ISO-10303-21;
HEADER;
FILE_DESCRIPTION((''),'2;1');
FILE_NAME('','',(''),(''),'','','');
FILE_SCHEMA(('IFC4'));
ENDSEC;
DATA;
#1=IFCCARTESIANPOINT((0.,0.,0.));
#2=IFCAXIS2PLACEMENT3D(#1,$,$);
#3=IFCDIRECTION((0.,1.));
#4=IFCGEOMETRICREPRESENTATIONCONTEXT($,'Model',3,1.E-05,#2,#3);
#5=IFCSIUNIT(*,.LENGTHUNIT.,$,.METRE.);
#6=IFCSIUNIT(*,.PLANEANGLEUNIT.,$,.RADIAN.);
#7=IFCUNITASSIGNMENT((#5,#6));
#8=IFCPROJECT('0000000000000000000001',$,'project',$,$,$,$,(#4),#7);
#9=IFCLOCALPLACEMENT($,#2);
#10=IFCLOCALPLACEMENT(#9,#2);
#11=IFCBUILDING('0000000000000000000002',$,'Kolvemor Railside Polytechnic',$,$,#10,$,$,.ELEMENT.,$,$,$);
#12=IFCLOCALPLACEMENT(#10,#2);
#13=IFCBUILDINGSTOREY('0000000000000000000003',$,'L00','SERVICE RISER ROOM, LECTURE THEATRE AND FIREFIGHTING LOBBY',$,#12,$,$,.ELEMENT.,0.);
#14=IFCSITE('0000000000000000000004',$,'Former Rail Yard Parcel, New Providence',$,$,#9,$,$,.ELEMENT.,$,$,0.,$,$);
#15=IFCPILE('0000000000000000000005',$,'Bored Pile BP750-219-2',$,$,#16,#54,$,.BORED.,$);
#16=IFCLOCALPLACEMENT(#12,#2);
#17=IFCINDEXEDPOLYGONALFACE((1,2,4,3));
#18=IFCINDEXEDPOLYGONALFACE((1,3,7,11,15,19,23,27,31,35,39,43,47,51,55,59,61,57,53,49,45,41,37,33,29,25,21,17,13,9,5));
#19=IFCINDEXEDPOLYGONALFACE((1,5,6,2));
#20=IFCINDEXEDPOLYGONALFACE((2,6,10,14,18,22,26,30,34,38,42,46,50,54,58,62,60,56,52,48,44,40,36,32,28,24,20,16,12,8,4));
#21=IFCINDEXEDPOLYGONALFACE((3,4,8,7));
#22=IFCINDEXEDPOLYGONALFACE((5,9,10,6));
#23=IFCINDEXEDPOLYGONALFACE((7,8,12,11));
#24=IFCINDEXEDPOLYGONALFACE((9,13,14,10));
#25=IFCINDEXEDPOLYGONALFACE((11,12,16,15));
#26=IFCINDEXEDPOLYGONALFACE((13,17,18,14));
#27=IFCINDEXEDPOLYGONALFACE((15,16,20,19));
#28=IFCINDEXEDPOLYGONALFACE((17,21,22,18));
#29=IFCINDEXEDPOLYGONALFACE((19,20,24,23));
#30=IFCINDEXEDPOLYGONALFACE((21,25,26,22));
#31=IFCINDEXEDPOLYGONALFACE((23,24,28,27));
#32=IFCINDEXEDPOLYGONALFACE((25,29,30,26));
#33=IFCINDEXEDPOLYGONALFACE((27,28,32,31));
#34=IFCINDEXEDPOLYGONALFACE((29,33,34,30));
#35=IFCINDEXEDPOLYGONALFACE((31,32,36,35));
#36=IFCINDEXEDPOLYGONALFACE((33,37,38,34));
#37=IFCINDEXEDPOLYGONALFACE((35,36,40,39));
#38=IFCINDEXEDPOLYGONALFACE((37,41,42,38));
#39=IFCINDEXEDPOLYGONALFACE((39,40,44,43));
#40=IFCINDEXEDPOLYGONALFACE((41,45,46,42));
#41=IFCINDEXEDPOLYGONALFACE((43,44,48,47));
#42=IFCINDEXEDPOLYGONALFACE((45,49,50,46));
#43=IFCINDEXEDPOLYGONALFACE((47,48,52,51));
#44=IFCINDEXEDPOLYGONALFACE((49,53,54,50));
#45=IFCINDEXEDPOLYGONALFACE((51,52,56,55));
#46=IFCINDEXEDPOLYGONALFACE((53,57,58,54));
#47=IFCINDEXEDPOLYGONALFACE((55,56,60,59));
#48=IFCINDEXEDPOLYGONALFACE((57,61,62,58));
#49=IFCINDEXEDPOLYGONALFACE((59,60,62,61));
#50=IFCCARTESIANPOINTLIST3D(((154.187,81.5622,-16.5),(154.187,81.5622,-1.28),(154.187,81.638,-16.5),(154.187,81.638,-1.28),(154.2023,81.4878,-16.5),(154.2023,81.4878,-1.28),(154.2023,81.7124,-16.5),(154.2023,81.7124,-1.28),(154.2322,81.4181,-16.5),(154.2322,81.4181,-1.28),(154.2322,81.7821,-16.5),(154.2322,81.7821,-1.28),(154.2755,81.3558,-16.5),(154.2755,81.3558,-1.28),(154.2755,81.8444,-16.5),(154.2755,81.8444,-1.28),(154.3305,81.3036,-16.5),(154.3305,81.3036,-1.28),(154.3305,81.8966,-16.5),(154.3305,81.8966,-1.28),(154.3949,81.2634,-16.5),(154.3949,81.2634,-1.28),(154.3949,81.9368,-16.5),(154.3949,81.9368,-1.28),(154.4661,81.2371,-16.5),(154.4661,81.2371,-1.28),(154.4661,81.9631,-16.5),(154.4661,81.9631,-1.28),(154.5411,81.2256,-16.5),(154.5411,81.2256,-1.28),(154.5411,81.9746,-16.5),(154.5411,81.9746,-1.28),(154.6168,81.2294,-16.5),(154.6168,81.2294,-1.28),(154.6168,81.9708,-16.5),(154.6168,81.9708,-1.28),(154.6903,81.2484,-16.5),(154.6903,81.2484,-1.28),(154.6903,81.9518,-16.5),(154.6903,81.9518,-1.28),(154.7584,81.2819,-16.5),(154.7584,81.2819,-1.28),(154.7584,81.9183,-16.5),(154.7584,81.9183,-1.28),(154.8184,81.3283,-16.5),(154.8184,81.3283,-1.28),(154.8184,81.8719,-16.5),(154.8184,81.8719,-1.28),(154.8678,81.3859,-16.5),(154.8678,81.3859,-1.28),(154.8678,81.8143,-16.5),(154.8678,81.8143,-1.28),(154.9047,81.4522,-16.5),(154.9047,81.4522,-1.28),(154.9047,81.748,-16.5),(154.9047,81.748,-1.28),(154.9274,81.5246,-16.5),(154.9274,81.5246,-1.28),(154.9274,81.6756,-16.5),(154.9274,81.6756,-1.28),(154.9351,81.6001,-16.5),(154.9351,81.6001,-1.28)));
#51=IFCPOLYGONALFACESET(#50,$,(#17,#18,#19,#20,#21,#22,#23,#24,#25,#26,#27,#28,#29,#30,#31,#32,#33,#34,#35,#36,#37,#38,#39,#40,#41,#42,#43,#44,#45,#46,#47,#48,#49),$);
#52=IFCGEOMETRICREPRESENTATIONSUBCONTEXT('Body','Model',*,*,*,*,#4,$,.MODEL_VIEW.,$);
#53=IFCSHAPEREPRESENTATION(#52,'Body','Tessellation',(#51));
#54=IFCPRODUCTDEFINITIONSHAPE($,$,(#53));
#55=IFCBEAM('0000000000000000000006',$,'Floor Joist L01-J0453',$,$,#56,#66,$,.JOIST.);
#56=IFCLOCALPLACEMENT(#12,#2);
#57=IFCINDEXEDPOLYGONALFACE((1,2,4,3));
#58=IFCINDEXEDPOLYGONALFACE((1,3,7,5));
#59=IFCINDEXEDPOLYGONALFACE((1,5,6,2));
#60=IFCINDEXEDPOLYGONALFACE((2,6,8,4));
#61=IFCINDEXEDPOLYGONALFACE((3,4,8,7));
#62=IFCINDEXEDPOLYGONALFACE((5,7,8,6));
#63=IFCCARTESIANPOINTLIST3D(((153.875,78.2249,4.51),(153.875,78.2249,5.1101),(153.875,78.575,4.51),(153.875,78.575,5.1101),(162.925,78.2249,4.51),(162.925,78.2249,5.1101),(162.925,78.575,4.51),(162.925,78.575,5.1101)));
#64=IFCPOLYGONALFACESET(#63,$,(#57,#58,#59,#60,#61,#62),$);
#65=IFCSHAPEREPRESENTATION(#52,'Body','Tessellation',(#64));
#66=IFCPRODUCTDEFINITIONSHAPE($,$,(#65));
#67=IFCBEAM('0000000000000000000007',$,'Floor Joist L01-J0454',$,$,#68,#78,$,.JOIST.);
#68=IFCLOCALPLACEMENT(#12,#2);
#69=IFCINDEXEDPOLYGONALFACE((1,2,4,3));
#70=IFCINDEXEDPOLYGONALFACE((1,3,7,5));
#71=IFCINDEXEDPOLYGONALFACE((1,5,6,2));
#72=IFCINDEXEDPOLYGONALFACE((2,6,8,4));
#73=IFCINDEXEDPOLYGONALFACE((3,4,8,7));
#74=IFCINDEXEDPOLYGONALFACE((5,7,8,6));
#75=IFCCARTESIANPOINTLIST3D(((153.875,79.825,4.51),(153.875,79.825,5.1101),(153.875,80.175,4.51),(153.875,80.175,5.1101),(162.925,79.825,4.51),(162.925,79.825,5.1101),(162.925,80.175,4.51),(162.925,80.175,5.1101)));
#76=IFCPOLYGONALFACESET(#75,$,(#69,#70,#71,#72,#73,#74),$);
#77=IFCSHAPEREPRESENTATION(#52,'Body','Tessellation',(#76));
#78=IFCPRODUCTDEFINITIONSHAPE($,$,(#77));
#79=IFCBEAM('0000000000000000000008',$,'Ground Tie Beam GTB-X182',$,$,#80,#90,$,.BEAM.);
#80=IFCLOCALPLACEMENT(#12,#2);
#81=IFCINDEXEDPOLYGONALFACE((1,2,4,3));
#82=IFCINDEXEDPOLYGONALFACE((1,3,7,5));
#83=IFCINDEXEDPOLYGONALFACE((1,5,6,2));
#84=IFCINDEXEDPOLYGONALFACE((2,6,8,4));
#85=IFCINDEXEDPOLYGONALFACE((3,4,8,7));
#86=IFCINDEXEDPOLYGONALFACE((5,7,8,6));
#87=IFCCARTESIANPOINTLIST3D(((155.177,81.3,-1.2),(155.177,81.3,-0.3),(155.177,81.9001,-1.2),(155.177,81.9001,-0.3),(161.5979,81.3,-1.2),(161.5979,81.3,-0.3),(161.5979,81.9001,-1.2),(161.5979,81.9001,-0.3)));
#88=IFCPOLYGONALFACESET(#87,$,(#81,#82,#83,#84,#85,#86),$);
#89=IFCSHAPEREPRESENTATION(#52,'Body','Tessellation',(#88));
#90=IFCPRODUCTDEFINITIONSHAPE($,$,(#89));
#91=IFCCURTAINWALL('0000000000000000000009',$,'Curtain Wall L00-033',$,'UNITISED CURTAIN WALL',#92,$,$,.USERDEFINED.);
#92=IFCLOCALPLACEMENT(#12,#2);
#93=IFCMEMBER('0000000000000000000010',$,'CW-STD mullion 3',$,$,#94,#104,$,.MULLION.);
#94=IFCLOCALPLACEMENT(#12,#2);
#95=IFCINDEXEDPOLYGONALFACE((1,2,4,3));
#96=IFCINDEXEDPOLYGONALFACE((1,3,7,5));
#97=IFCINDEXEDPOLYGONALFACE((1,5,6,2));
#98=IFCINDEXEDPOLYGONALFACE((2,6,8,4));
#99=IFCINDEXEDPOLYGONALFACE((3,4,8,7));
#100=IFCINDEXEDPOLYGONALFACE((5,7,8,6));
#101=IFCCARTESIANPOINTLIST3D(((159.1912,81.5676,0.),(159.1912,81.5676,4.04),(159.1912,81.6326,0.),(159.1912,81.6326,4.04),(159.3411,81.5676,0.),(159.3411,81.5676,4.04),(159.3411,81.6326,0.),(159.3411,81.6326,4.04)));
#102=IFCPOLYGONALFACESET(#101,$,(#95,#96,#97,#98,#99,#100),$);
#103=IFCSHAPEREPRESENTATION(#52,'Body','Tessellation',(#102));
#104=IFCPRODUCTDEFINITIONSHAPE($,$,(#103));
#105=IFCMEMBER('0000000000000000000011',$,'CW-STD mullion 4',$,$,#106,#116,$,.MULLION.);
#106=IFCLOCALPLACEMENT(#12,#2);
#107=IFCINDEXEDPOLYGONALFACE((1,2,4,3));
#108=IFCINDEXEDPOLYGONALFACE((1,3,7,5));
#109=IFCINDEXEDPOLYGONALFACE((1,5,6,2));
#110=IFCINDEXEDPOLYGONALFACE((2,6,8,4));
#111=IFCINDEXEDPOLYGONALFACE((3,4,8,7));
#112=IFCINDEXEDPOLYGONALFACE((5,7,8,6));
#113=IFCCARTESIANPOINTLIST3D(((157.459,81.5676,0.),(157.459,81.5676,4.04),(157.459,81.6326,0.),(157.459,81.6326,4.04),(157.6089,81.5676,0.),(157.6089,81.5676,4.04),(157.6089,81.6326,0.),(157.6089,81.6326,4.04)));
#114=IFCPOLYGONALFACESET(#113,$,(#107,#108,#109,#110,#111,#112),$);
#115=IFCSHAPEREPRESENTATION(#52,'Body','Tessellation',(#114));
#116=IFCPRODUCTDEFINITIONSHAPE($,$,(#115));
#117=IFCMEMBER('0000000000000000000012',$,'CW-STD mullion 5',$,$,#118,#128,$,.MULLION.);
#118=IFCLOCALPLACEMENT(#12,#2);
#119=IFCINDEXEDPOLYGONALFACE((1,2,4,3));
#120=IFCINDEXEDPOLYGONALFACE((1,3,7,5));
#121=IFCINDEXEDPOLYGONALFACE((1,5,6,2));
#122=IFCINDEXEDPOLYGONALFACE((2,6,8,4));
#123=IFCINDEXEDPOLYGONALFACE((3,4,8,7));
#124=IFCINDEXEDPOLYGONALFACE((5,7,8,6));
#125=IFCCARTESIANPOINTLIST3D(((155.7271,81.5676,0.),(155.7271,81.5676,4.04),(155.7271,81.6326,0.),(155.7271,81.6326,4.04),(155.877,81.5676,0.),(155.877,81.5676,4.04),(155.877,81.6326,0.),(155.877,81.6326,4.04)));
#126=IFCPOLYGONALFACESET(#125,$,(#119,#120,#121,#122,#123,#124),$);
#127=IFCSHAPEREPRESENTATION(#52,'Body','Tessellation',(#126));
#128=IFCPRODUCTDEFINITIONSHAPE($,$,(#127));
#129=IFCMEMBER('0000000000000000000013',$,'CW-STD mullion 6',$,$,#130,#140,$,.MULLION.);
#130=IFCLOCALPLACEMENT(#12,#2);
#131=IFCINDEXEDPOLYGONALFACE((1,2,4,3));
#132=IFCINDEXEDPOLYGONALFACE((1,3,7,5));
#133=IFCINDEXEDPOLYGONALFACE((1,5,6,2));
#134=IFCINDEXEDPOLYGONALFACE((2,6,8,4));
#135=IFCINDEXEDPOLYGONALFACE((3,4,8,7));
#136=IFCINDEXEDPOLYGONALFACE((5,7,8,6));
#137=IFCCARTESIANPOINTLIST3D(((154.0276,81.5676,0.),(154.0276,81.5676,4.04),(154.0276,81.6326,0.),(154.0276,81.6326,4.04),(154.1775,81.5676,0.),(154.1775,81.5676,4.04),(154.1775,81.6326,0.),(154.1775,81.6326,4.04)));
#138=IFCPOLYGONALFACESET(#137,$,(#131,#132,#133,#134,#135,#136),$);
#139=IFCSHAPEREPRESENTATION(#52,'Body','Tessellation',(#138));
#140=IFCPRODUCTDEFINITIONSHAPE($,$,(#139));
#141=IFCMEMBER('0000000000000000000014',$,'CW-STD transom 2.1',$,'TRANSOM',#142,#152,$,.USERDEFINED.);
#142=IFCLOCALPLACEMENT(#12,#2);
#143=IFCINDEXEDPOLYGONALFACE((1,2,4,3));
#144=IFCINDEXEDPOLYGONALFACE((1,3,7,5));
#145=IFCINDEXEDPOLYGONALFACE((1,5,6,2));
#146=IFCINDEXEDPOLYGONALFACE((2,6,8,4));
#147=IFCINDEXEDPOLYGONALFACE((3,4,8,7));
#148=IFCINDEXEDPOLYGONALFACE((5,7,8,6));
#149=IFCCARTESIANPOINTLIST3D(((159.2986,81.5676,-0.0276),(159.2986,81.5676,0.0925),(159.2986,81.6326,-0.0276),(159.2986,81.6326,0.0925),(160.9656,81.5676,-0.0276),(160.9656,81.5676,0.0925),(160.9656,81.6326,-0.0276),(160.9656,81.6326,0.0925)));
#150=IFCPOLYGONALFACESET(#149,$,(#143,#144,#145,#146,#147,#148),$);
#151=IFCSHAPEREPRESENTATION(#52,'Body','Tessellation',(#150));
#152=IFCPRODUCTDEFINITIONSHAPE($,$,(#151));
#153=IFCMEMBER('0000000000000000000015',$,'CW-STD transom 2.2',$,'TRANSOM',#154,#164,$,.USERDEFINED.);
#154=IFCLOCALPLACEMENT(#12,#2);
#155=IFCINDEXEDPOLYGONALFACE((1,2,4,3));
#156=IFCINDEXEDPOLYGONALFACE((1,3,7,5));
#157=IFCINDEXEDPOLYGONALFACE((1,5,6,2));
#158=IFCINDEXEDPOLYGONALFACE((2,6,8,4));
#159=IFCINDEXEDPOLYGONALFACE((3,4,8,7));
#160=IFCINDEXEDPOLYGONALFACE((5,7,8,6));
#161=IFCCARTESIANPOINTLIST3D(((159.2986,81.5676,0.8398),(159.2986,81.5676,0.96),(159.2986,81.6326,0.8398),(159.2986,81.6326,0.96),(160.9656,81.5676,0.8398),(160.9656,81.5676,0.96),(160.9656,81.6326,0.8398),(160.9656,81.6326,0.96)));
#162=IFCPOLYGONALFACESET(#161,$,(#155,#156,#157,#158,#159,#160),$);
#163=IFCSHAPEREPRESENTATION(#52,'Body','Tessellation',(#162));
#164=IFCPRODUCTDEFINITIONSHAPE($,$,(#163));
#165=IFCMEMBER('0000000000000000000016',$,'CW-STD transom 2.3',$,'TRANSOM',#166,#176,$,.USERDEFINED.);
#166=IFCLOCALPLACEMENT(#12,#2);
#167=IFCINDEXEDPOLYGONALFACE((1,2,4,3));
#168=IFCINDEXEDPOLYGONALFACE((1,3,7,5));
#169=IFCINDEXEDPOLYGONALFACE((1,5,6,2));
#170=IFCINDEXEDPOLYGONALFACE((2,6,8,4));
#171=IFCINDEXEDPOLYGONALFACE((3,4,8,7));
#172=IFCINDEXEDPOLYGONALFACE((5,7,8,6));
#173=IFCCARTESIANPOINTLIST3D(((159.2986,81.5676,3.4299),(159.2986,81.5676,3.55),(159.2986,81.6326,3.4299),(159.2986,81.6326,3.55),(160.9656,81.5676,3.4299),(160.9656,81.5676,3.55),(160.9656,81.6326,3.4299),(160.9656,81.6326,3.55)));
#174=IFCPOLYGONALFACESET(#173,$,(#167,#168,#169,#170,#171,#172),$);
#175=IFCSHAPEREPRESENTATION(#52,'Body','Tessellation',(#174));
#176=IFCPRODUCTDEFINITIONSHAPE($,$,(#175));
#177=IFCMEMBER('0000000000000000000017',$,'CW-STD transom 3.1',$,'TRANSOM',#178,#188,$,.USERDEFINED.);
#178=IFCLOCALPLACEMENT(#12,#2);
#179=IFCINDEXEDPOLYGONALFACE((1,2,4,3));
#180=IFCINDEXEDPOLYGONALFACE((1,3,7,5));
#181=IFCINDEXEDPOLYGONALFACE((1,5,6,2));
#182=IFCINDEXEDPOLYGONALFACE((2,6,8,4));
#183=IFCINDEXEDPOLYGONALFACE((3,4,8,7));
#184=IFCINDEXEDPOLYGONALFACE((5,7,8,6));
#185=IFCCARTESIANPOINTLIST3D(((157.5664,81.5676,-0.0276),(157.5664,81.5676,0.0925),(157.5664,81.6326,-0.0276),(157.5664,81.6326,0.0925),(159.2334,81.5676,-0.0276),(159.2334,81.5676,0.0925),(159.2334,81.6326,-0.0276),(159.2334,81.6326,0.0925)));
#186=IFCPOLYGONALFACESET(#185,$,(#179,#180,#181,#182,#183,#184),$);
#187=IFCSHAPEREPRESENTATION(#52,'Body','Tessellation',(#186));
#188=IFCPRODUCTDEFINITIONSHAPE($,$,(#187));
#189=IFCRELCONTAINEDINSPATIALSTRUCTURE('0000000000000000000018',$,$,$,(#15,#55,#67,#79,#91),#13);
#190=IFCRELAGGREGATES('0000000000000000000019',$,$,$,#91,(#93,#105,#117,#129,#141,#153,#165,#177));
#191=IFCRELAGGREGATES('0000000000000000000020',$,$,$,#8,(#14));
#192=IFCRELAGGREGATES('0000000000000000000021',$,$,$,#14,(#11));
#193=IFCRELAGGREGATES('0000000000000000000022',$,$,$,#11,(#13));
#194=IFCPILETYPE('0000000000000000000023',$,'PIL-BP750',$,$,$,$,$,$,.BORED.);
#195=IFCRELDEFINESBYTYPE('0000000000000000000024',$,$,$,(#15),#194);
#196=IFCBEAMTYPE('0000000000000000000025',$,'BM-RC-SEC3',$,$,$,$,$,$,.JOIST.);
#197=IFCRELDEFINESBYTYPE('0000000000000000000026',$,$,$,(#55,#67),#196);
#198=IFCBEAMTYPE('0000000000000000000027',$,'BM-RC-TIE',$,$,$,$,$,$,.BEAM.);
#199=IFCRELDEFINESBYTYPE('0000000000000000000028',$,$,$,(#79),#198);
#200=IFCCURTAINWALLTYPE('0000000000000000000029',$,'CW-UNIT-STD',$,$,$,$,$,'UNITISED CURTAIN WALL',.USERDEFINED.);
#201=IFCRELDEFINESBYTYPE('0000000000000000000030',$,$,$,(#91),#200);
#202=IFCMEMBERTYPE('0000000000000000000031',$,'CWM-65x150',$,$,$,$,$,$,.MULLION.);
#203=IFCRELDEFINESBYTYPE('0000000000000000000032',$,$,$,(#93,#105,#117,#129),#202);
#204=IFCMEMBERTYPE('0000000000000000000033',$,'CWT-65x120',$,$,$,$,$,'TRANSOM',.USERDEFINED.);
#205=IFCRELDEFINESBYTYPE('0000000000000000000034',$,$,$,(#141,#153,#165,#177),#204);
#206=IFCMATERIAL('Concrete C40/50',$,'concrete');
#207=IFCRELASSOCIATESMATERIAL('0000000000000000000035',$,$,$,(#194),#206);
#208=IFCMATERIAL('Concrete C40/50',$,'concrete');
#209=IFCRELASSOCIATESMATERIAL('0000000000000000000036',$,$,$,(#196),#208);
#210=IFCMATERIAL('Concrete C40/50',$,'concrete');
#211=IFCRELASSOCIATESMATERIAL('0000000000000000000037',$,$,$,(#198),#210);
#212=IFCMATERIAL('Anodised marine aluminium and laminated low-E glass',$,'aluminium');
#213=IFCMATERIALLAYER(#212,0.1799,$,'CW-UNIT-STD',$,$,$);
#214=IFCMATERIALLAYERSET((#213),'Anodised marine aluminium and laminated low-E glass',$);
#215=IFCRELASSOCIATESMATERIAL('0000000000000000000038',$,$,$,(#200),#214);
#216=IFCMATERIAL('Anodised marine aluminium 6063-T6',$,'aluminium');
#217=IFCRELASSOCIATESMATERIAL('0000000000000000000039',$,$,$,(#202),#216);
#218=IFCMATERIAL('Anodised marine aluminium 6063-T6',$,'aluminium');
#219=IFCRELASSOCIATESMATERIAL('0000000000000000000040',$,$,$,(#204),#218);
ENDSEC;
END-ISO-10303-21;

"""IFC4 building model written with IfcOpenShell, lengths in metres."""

from ifc_helpers import new_model, si_unit, direction, frame, origin, origin_2d, place, context, subcontext, project, spatial, rectangle, circle, extrude, material, layer, layer_set, material_profile, profile_set, type_object, element, aggregate, save


model = new_model("IFC4")

# Units and contexts
model_context = context("Model", 3, precision=1e-05, world=origin(), true_north=direction((0.0, 1.0)))
body_context = subcontext(model_context, "Body", "Model", "MODEL_VIEW")
ifc_project = project(units=[si_unit("LENGTHUNIT", "METRE"), si_unit("PLANEANGLEUNIT", "RADIAN")], contexts=[model_context])

# Site, building, storey
site_placement = place(None, origin())
site = spatial("IfcSite", under=ifc_project, at=site_placement, Name="Former Rail Yard Parcel, New Providence", CompositionType="ELEMENT", RefElevation=0.0)
building_placement = place(site_placement, origin())
building = spatial("IfcBuilding", under=site, at=building_placement, Name="Kolvemor Railside Polytechnic", CompositionType="ELEMENT")
storey_placement = place(building_placement, origin())
storey = spatial("IfcBuildingStorey", under=building, at=storey_placement, Name="L00", Description="SERVICE RISER ROOM, LECTURE THEATRE AND FIREFIGHTING LOBBY", CompositionType="ELEMENT", Elevation=0.0)

# Pile
ifc_material_1 = material(Name="Concrete C40/50", Category="concrete")
ifc_material_profile_1 = material_profile(ifc_material_1, circle(Radius=0.375, at=origin_2d()), Name="BP750")
ifc_profile_set_1 = profile_set([ifc_material_profile_1], Name="Concrete C40/50")
pile_type = type_object("IfcPileType", Name="PIL-BP750", PredefinedType="BORED", material=ifc_profile_set_1)
pile_placement = place(storey_placement, frame((154.5601, 81.6001, -1.28), z_axis=(0.0, 0.0, -1.0), x_axis=(1.0, 0.0, 0.0)))
element("IfcPile", 1, at=pile_placement, inside=storey, type_object=pile_type, Name="Bored Pile BP750-219-2", PredefinedType="BORED", context=body_context, shape_type="SweptSolid", body=[
    extrude(circle(Radius=0.375, at=origin_2d()), origin(), (0.0, 0.0, 1.0), 15.22),
])

# Beams
ifc_material_2 = material(Name="Concrete C40/50", Category="concrete")
ifc_material_profile_2 = material_profile(ifc_material_2, rectangle(XDim=0.3501, YDim=0.6001, at=origin_2d()), Name="RC350x600")
ifc_profile_set_2 = profile_set([ifc_material_profile_2], Name="Concrete C40/50")
beam_type_1 = type_object("IfcBeamType", Name="BM-RC-SEC3", PredefinedType="JOIST", material=ifc_profile_set_2)
for number, where, z_axis, x_axis, name in (
    (2, (153.875, 78.3999, 4.8101), (1.0, 0.0, 0.0), (0.0, 1.0, 0.0), "Floor Joist L01-J0453"),
    (3, (153.875, 80.0, 4.8101), (1.0, 0.0, 0.0), (0.0, 1.0, 0.0), "Floor Joist L01-J0454"),
):
    element("IfcBeam", number, at=place(storey_placement, frame(where, z_axis=z_axis, x_axis=x_axis)), inside=storey, type_object=beam_type_1, Name=name, PredefinedType="JOIST", context=body_context, shape_type="SweptSolid", body=[
        extrude(rectangle(XDim=0.3501, YDim=0.6001, at=origin_2d()), origin(), (0.0, 0.0, 1.0), 9.05),
    ])
ifc_material_3 = material(Name="Concrete C40/50", Category="concrete")
ifc_material_profile_3 = material_profile(ifc_material_3, rectangle(XDim=0.6001, YDim=0.8999, at=origin_2d()), Name="RC600x900")
ifc_profile_set_3 = profile_set([ifc_material_profile_3], Name="Concrete C40/50")
beam_type_2 = type_object("IfcBeamType", Name="BM-RC-TIE", PredefinedType="BEAM", material=ifc_profile_set_3)
beam_placement = place(storey_placement, frame((155.177, 81.6001, -0.75), z_axis=(1.0, 0.0, 0.0), x_axis=(0.0, 1.0, 0.0)))
element("IfcBeam", 4, at=beam_placement, inside=storey, type_object=beam_type_2, Name="Ground Tie Beam GTB-X182", PredefinedType="BEAM", context=body_context, shape_type="SweptSolid", body=[
    extrude(rectangle(XDim=0.6001, YDim=0.8999, at=origin_2d()), origin(), (0.0, 0.0, 1.0), 6.4209),
])

# Curtain wall, members
ifc_material_4 = material(Name="Anodised marine aluminium and laminated low-E glass", Category="aluminium")
ifc_layer_1 = layer(ifc_material_4, 0.1799, Name="CW-UNIT-STD")
ifc_layer_set_1 = layer_set([ifc_layer_1], Name="Anodised marine aluminium and laminated low-E glass")
curtain_wall_type = type_object("IfcCurtainWallType", Name="CW-UNIT-STD", ElementType="UNITISED CURTAIN WALL", PredefinedType="USERDEFINED", material=ifc_layer_set_1)
curtain_wall_placement = place(storey_placement, origin())
curtain_wall = element("IfcCurtainWall", 5, at=curtain_wall_placement, inside=storey, type_object=curtain_wall_type, Name="Curtain Wall L00-033", ObjectType="UNITISED CURTAIN WALL", PredefinedType="USERDEFINED")
ifc_material_5 = material(Name="Anodised marine aluminium 6063-T6", Category="aluminium")
ifc_material_profile_4 = material_profile(ifc_material_5, rectangle(XDim=0.0649, YDim=0.1499, at=origin_2d()), Name="CW-MUL-65x150")
ifc_profile_set_4 = profile_set([ifc_material_profile_4], Name="Anodised marine aluminium 6063-T6")
member_type_1 = type_object("IfcMemberType", Name="CWM-65x150", PredefinedType="MULLION", material=ifc_profile_set_4)
member_1_placement = place(storey_placement, frame((159.2661, 81.6001, 0.0), z_axis=(0.0, 0.0, 1.0), x_axis=(0.0, -1.0, 0.0)))
member_1 = element("IfcMember", 6, at=member_1_placement, type_object=member_type_1, Name="CW-STD mullion 3", PredefinedType="MULLION", context=body_context, shape_type="SweptSolid", body=[
    extrude(rectangle(XDim=0.0649, YDim=0.1499, at=origin_2d()), origin(), (0.0, 0.0, 1.0), 4.04),
])
member_2_placement = place(storey_placement, frame((157.5339, 81.6001, 0.0), z_axis=(0.0, 0.0, 1.0), x_axis=(0.0, -1.0, 0.0)))
member_2 = element("IfcMember", 7, at=member_2_placement, type_object=member_type_1, Name="CW-STD mullion 4", PredefinedType="MULLION", context=body_context, shape_type="SweptSolid", body=[
    extrude(rectangle(XDim=0.0649, YDim=0.1499, at=origin_2d()), origin(), (0.0, 0.0, 1.0), 4.04),
])
member_3_placement = place(storey_placement, frame((155.802, 81.6001, 0.0), z_axis=(0.0, 0.0, 1.0), x_axis=(0.0, -1.0, 0.0)))
member_3 = element("IfcMember", 8, at=member_3_placement, type_object=member_type_1, Name="CW-STD mullion 5", PredefinedType="MULLION", context=body_context, shape_type="SweptSolid", body=[
    extrude(rectangle(XDim=0.0649, YDim=0.1499, at=origin_2d()), origin(), (0.0, 0.0, 1.0), 4.04),
])
member_4_placement = place(storey_placement, frame((154.1025, 81.6001, 0.0), z_axis=(0.0, 0.0, 1.0), x_axis=(0.0, -1.0, 0.0)))
member_4 = element("IfcMember", 9, at=member_4_placement, type_object=member_type_1, Name="CW-STD mullion 6", PredefinedType="MULLION", context=body_context, shape_type="SweptSolid", body=[
    extrude(rectangle(XDim=0.0649, YDim=0.1499, at=origin_2d()), origin(), (0.0, 0.0, 1.0), 4.04),
])
ifc_material_6 = material(Name="Anodised marine aluminium 6063-T6", Category="aluminium")
ifc_material_profile_5 = material_profile(ifc_material_6, rectangle(XDim=0.0649, YDim=0.1201, at=origin_2d()), Name="CW-TRN-65x120")
ifc_profile_set_5 = profile_set([ifc_material_profile_5], Name="Anodised marine aluminium 6063-T6")
member_type_2 = type_object("IfcMemberType", Name="CWT-65x120", ElementType="TRANSOM", PredefinedType="USERDEFINED", material=ifc_profile_set_5)
member_5_placement = place(storey_placement, frame((160.9656, 81.6001, 0.0325), z_axis=(-1.0, 0.0, 0.0), x_axis=(0.0, -1.0, 0.0)))
member_5 = element("IfcMember", 10, at=member_5_placement, type_object=member_type_2, Name="CW-STD transom 2.1", ObjectType="TRANSOM", PredefinedType="USERDEFINED", context=body_context, shape_type="SweptSolid", body=[
    extrude(rectangle(XDim=0.0649, YDim=0.1201, at=origin_2d()), origin(), (0.0, 0.0, 1.0), 1.667),
])
member_6_placement = place(storey_placement, frame((160.9656, 81.6001, 0.8999), z_axis=(-1.0, 0.0, 0.0), x_axis=(0.0, -1.0, 0.0)))
member_6 = element("IfcMember", 11, at=member_6_placement, type_object=member_type_2, Name="CW-STD transom 2.2", ObjectType="TRANSOM", PredefinedType="USERDEFINED", context=body_context, shape_type="SweptSolid", body=[
    extrude(rectangle(XDim=0.0649, YDim=0.1201, at=origin_2d()), origin(), (0.0, 0.0, 1.0), 1.667),
])
member_7_placement = place(storey_placement, frame((160.9656, 81.6001, 3.49), z_axis=(-1.0, 0.0, 0.0), x_axis=(0.0, -1.0, 0.0)))
member_7 = element("IfcMember", 12, at=member_7_placement, type_object=member_type_2, Name="CW-STD transom 2.3", ObjectType="TRANSOM", PredefinedType="USERDEFINED", context=body_context, shape_type="SweptSolid", body=[
    extrude(rectangle(XDim=0.0649, YDim=0.1201, at=origin_2d()), origin(), (0.0, 0.0, 1.0), 1.667),
])
member_8_placement = place(storey_placement, frame((159.2334, 81.6001, 0.0325), z_axis=(-1.0, 0.0, 0.0), x_axis=(0.0, -1.0, 0.0)))
member_8 = element("IfcMember", 13, at=member_8_placement, type_object=member_type_2, Name="CW-STD transom 3.1", ObjectType="TRANSOM", PredefinedType="USERDEFINED", context=body_context, shape_type="SweptSolid", body=[
    extrude(rectangle(XDim=0.0649, YDim=0.1201, at=origin_2d()), origin(), (0.0, 0.0, 1.0), 1.667),
])
aggregate(curtain_wall, [member_1, member_2, member_3, member_4, member_5, member_6, member_7, member_8])

save(model, "model.ifc")
